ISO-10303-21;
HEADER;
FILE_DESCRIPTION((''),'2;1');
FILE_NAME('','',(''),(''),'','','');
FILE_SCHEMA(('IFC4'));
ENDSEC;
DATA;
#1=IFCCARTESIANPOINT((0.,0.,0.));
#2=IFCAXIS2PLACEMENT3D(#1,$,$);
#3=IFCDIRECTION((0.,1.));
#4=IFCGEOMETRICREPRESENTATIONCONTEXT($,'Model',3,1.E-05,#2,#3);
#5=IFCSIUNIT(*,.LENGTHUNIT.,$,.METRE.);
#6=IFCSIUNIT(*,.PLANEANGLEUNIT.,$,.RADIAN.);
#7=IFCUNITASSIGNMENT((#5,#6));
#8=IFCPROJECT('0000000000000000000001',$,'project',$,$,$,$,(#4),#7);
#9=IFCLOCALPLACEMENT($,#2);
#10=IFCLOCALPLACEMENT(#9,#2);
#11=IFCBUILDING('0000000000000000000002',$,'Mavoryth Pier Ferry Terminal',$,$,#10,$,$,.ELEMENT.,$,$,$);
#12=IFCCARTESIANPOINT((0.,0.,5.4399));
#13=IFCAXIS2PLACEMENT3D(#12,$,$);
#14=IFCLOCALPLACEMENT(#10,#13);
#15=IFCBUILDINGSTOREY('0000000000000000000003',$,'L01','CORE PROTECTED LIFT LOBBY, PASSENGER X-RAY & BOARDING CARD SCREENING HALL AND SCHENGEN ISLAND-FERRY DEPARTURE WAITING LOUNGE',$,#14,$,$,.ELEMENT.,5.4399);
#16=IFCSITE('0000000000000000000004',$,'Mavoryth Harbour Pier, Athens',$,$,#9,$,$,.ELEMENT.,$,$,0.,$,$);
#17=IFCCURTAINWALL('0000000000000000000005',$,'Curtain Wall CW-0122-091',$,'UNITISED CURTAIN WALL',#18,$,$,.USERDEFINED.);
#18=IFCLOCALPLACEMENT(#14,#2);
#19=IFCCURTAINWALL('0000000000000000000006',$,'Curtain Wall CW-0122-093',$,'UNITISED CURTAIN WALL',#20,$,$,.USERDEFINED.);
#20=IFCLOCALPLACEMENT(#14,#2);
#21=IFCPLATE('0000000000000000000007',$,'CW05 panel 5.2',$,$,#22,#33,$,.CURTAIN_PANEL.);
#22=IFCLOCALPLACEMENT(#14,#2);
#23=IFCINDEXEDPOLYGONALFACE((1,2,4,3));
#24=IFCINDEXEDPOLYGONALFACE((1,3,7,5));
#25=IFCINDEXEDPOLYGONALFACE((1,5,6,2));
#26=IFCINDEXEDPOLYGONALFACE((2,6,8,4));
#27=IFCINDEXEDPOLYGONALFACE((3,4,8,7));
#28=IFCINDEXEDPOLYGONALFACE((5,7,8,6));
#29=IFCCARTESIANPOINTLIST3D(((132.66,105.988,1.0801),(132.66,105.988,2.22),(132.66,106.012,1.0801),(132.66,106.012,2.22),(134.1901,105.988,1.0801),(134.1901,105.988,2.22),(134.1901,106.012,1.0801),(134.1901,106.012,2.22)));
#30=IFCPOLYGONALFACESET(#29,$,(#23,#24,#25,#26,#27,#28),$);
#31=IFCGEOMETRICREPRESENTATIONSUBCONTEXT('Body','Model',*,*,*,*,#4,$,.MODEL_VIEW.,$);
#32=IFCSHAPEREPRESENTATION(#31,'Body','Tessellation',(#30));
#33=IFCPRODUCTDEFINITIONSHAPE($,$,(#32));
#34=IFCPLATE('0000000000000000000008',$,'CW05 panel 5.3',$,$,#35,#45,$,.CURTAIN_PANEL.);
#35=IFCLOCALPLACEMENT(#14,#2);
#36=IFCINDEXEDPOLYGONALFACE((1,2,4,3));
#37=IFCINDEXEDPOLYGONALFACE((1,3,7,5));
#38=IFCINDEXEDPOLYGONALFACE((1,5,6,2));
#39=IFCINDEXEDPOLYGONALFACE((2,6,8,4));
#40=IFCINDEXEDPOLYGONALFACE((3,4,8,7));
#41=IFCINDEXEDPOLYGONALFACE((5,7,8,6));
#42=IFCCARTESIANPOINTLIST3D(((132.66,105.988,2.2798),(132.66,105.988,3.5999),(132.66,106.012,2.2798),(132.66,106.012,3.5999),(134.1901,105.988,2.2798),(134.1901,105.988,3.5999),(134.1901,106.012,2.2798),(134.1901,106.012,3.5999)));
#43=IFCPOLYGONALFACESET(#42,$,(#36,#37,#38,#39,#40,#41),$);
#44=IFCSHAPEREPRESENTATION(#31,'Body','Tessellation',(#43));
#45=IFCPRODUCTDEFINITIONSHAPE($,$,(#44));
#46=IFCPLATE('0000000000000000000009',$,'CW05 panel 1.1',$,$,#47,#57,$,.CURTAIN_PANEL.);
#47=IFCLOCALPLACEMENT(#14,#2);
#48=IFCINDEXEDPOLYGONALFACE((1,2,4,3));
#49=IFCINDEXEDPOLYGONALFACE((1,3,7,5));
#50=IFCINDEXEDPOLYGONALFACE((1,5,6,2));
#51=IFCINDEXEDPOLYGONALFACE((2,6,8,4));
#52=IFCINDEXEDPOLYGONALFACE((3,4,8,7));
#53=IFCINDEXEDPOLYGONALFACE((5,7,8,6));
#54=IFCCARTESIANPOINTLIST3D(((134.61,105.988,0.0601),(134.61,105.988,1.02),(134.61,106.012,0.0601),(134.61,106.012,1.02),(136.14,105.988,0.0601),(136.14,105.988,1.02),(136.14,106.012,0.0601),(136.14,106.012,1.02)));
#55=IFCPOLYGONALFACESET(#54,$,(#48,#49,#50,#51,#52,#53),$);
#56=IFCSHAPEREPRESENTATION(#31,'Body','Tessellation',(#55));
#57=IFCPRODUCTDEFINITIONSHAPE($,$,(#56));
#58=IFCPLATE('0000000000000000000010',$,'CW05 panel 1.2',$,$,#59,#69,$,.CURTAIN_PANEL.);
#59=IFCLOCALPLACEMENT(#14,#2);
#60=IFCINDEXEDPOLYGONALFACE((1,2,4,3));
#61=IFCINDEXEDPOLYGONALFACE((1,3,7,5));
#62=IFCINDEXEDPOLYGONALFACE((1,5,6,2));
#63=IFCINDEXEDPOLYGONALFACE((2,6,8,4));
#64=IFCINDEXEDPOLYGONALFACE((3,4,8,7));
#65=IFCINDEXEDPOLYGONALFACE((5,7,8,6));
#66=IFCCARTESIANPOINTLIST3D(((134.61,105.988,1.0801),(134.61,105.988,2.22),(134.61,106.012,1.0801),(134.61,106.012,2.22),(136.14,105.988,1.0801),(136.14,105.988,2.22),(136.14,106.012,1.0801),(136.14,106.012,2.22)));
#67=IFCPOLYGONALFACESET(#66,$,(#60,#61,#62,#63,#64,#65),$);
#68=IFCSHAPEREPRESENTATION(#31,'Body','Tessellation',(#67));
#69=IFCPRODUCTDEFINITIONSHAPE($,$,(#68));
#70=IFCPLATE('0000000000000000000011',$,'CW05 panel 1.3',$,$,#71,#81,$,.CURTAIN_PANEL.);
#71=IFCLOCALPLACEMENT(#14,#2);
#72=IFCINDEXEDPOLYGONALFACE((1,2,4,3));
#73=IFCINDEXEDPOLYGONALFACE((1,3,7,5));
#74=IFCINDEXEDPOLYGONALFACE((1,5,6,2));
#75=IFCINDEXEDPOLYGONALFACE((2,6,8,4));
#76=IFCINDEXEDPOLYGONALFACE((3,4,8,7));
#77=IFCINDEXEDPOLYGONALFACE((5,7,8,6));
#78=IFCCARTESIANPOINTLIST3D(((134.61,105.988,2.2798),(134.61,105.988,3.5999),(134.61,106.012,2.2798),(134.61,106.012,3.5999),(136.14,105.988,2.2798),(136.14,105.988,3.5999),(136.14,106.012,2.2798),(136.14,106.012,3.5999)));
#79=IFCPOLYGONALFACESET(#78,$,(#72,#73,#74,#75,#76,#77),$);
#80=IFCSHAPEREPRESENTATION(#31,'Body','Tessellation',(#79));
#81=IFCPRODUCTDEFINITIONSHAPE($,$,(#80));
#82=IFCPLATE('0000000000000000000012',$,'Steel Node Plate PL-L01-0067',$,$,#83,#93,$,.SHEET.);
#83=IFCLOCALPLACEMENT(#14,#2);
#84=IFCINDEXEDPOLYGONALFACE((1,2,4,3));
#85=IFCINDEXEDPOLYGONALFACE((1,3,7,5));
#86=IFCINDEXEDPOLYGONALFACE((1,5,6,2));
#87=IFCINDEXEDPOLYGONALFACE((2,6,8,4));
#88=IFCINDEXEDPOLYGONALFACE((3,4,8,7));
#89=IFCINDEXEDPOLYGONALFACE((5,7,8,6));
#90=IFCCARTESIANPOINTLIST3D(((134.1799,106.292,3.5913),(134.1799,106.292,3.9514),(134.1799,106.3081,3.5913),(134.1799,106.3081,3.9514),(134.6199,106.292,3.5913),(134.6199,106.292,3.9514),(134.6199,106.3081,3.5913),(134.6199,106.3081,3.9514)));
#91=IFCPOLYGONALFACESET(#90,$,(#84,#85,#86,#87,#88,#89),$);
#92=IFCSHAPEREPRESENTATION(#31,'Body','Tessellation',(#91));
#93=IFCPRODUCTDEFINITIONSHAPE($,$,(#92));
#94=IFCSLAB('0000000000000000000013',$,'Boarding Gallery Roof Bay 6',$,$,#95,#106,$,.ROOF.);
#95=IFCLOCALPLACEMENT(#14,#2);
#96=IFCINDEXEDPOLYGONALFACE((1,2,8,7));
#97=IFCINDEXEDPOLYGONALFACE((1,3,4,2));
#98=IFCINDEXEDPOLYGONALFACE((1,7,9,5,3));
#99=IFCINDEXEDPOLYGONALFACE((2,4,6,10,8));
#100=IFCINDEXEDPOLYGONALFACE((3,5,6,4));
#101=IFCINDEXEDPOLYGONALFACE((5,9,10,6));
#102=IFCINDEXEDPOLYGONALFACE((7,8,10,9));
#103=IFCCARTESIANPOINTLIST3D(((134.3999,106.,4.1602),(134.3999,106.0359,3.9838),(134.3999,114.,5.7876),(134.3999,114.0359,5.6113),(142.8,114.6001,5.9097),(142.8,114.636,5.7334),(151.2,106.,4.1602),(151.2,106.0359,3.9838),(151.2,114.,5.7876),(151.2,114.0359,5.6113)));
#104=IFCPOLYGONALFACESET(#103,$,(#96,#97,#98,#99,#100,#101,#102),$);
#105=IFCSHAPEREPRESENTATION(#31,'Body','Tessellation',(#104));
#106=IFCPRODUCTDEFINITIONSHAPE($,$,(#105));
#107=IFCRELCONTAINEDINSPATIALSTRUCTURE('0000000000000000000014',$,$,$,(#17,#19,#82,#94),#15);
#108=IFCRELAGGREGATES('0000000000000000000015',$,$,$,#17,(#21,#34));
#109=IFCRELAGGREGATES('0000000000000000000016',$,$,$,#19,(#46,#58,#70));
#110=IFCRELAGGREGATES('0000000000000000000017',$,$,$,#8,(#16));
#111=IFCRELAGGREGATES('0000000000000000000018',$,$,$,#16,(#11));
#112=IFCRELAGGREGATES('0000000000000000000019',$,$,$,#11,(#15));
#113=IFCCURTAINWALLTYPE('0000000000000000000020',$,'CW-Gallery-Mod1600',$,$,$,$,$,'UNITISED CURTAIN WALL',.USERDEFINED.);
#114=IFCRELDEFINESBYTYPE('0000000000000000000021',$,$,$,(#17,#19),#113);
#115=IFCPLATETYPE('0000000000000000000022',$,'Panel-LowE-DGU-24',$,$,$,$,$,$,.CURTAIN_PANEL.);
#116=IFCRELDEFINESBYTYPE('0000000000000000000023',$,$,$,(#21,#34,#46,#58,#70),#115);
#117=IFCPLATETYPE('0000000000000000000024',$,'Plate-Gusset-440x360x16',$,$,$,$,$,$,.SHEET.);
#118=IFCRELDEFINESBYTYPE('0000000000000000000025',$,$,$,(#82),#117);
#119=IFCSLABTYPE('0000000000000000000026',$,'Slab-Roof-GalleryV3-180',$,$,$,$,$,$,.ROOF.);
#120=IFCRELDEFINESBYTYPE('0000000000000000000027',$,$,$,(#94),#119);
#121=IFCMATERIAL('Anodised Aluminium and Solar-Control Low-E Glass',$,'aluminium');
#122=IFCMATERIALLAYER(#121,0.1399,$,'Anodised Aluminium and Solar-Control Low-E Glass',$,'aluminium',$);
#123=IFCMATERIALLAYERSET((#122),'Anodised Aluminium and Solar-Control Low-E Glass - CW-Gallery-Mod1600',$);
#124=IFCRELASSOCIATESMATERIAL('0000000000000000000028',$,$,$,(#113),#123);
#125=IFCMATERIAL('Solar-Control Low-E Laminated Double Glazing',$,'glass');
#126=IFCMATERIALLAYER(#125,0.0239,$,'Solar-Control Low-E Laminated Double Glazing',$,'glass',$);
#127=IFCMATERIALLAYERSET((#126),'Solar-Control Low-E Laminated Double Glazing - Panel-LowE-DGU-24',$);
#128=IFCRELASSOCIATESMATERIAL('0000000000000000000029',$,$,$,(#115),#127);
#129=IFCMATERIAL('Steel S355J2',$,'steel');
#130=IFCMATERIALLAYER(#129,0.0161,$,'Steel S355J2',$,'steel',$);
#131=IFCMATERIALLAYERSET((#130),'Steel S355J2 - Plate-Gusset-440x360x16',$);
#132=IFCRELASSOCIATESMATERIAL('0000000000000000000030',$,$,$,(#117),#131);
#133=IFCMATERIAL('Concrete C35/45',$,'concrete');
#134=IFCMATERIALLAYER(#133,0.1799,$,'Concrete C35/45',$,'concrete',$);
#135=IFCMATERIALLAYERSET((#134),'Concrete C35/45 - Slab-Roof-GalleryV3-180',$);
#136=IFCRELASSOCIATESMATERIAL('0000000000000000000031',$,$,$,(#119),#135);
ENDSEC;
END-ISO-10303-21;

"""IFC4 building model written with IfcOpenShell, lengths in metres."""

from ifc_helpers import new_model, si_unit, direction, frame, origin, origin_2d, place, context, subcontext, project, spatial, polyline, rectangle, outline, extrude, material, layer, layer_set, type_object, element, aggregate, save


model = new_model("IFC4")

# Units and contexts
model_context = context("Model", 3, precision=1e-05, world=origin(), true_north=direction((0.0, 1.0)))
body_context = subcontext(model_context, "Body", "Model", "MODEL_VIEW")
ifc_project = project(units=[si_unit("LENGTHUNIT", "METRE"), si_unit("PLANEANGLEUNIT", "RADIAN")], contexts=[model_context])

# Site, building, storey
site_placement = place(None, origin())
site = spatial("IfcSite", under=ifc_project, at=site_placement, Name="Mavoryth Harbour Pier, Athens", CompositionType="ELEMENT", RefElevation=0.0)
building_placement = place(site_placement, origin())
building = spatial("IfcBuilding", under=site, at=building_placement, Name="Mavoryth Pier Ferry Terminal", CompositionType="ELEMENT")
storey_placement = place(building_placement, frame((0.0, 0.0, 5.4399)))
storey = spatial("IfcBuildingStorey", under=building, at=storey_placement, Name="L01", Description="CORE PROTECTED LIFT LOBBY, PASSENGER X-RAY & BOARDING CARD SCREENING HALL AND SCHENGEN ISLAND-FERRY DEPARTURE WAITING LOUNGE", CompositionType="ELEMENT", Elevation=5.4399)

# Shared definitions
ifc_material_1 = material(Name="Steel S355J2", Category="steel")

# Curtain walls
ifc_material_2 = material(Name="Anodised Aluminium and Solar-Control Low-E Glass", Category="aluminium")
ifc_layer_1 = layer(ifc_material_2, 0.1399, Name="Anodised Aluminium and Solar-Control Low-E Glass", Category="aluminium")
ifc_layer_set_1 = layer_set([ifc_layer_1], Name="Anodised Aluminium and Solar-Control Low-E Glass - CW-Gallery-Mod1600")
curtain_wall_type = type_object("IfcCurtainWallType", Name="CW-Gallery-Mod1600", ElementType="UNITISED CURTAIN WALL", PredefinedType="USERDEFINED", material=ifc_layer_set_1)
curtain_wall_1_placement = place(storey_placement, origin())
curtain_wall_1 = element("IfcCurtainWall", 1, at=curtain_wall_1_placement, inside=storey, type_object=curtain_wall_type, Name="Curtain Wall CW-0122-091", ObjectType="UNITISED CURTAIN WALL", PredefinedType="USERDEFINED")
curtain_wall_2_placement = place(storey_placement, origin())
curtain_wall_2 = element("IfcCurtainWall", 2, at=curtain_wall_2_placement, inside=storey, type_object=curtain_wall_type, Name="Curtain Wall CW-0122-093", ObjectType="UNITISED CURTAIN WALL", PredefinedType="USERDEFINED")

# Plates
ifc_material_3 = material(Name="Solar-Control Low-E Laminated Double Glazing", Category="glass")
ifc_layer_2 = layer(ifc_material_3, 0.0239, Name="Solar-Control Low-E Laminated Double Glazing", Category="glass")
ifc_layer_set_2 = layer_set([ifc_layer_2], Name="Solar-Control Low-E Laminated Double Glazing - Panel-LowE-DGU-24")
plate_type_1 = type_object("IfcPlateType", Name="Panel-LowE-DGU-24", PredefinedType="CURTAIN_PANEL", material=ifc_layer_set_2)
plate_1_placement = place(storey_placement, frame((133.425, 106.0, 1.0801), z_axis=(0.0, 0.0, 1.0), x_axis=(1.0, 0.0, 0.0)))
plate_1 = element("IfcPlate", 3, at=plate_1_placement, type_object=plate_type_1, Name="CW05 panel 5.2", PredefinedType="CURTAIN_PANEL", context=body_context, shape_type="SweptSolid", body=[
    extrude(rectangle(XDim=1.53, YDim=0.0239, at=origin_2d()), origin(), (0.0, 0.0, 1.0), 1.1399),
])
plate_2_placement = place(storey_placement, frame((133.425, 106.0, 2.2798), z_axis=(0.0, 0.0, 1.0), x_axis=(1.0, 0.0, 0.0)))
plate_2 = element("IfcPlate", 4, at=plate_2_placement, type_object=plate_type_1, Name="CW05 panel 5.3", PredefinedType="CURTAIN_PANEL", context=body_context, shape_type="SweptSolid", body=[
    extrude(rectangle(XDim=1.53, YDim=0.0239, at=origin_2d()), origin(), (0.0, 0.0, 1.0), 1.3201),
])
aggregate(curtain_wall_1, [plate_1, plate_2])
plate_3_placement = place(storey_placement, frame((135.375, 106.0, 0.0601), z_axis=(0.0, 0.0, 1.0), x_axis=(1.0, 0.0, 0.0)))
plate_3 = element("IfcPlate", 5, at=plate_3_placement, type_object=plate_type_1, Name="CW05 panel 1.1", PredefinedType="CURTAIN_PANEL", context=body_context, shape_type="SweptSolid", body=[
    extrude(rectangle(XDim=1.53, YDim=0.0239, at=origin_2d()), origin(), (0.0, 0.0, 1.0), 0.96),
])
plate_4_placement = place(storey_placement, frame((135.375, 106.0, 1.0801), z_axis=(0.0, 0.0, 1.0), x_axis=(1.0, 0.0, 0.0)))
plate_4 = element("IfcPlate", 6, at=plate_4_placement, type_object=plate_type_1, Name="CW05 panel 1.2", PredefinedType="CURTAIN_PANEL", context=body_context, shape_type="SweptSolid", body=[
    extrude(rectangle(XDim=1.53, YDim=0.0239, at=origin_2d()), origin(), (0.0, 0.0, 1.0), 1.1399),
])
plate_5_placement = place(storey_placement, frame((135.375, 106.0, 2.2798), z_axis=(0.0, 0.0, 1.0), x_axis=(1.0, 0.0, 0.0)))
plate_5 = element("IfcPlate", 7, at=plate_5_placement, type_object=plate_type_1, Name="CW05 panel 1.3", PredefinedType="CURTAIN_PANEL", context=body_context, shape_type="SweptSolid", body=[
    extrude(rectangle(XDim=1.53, YDim=0.0239, at=origin_2d()), origin(), (0.0, 0.0, 1.0), 1.3201),
])
aggregate(curtain_wall_2, [plate_3, plate_4, plate_5])
ifc_layer_3 = layer(ifc_material_1, 0.0161, Name="Steel S355J2", Category="steel")
ifc_layer_set_3 = layer_set([ifc_layer_3], Name="Steel S355J2 - Plate-Gusset-440x360x16")
plate_type_2 = type_object("IfcPlateType", Name="Plate-Gusset-440x360x16", PredefinedType="SHEET", material=ifc_layer_set_3)
plate_6_placement = place(storey_placement, frame((134.3999, 106.3, 3.5913), z_axis=(0.0, 0.0, 1.0), x_axis=(1.0, 0.0, 0.0)))
element("IfcPlate", 8, at=plate_6_placement, inside=storey, type_object=plate_type_2, Name="Steel Node Plate PL-L01-0067", PredefinedType="SHEET", context=body_context, shape_type="SweptSolid", body=[
    extrude(rectangle(XDim=0.4399, YDim=0.0161, at=origin_2d()), origin(), (0.0, 0.0, 1.0), 0.3601),
])

# Slab
ifc_material_4 = material(Name="Concrete C35/45", Category="concrete")
ifc_layer_4 = layer(ifc_material_4, 0.1799, Name="Concrete C35/45", Category="concrete")
ifc_layer_set_4 = layer_set([ifc_layer_4], Name="Concrete C35/45 - Slab-Roof-GalleryV3-180")
slab_type = type_object("IfcSlabType", Name="Slab-Roof-GalleryV3-180", PredefinedType="ROOF", material=ifc_layer_set_4)
slab_placement = place(storey_placement, frame((134.3999, 106.0, 4.1602), z_axis=(0.0, -0.199347, 0.979929), x_axis=(1.0, 0.0, 0.0)))
element("IfcSlab", 9, at=slab_placement, inside=storey, type_object=slab_type, Name="Boarding Gallery Roof Bay 6", PredefinedType="ROOF", context=body_context, shape_type="SweptSolid", body=[
    extrude(outline(polyline([(0.0, 0.0), (16.8, 0.0), (16.8, 8.1639), (8.4001, 8.7762), (0.0, 8.1639), (0.0, 0.0)])), origin(), (0.0, 0.0, -1.0), 0.1799),
])

save(model, "model.ifc")
